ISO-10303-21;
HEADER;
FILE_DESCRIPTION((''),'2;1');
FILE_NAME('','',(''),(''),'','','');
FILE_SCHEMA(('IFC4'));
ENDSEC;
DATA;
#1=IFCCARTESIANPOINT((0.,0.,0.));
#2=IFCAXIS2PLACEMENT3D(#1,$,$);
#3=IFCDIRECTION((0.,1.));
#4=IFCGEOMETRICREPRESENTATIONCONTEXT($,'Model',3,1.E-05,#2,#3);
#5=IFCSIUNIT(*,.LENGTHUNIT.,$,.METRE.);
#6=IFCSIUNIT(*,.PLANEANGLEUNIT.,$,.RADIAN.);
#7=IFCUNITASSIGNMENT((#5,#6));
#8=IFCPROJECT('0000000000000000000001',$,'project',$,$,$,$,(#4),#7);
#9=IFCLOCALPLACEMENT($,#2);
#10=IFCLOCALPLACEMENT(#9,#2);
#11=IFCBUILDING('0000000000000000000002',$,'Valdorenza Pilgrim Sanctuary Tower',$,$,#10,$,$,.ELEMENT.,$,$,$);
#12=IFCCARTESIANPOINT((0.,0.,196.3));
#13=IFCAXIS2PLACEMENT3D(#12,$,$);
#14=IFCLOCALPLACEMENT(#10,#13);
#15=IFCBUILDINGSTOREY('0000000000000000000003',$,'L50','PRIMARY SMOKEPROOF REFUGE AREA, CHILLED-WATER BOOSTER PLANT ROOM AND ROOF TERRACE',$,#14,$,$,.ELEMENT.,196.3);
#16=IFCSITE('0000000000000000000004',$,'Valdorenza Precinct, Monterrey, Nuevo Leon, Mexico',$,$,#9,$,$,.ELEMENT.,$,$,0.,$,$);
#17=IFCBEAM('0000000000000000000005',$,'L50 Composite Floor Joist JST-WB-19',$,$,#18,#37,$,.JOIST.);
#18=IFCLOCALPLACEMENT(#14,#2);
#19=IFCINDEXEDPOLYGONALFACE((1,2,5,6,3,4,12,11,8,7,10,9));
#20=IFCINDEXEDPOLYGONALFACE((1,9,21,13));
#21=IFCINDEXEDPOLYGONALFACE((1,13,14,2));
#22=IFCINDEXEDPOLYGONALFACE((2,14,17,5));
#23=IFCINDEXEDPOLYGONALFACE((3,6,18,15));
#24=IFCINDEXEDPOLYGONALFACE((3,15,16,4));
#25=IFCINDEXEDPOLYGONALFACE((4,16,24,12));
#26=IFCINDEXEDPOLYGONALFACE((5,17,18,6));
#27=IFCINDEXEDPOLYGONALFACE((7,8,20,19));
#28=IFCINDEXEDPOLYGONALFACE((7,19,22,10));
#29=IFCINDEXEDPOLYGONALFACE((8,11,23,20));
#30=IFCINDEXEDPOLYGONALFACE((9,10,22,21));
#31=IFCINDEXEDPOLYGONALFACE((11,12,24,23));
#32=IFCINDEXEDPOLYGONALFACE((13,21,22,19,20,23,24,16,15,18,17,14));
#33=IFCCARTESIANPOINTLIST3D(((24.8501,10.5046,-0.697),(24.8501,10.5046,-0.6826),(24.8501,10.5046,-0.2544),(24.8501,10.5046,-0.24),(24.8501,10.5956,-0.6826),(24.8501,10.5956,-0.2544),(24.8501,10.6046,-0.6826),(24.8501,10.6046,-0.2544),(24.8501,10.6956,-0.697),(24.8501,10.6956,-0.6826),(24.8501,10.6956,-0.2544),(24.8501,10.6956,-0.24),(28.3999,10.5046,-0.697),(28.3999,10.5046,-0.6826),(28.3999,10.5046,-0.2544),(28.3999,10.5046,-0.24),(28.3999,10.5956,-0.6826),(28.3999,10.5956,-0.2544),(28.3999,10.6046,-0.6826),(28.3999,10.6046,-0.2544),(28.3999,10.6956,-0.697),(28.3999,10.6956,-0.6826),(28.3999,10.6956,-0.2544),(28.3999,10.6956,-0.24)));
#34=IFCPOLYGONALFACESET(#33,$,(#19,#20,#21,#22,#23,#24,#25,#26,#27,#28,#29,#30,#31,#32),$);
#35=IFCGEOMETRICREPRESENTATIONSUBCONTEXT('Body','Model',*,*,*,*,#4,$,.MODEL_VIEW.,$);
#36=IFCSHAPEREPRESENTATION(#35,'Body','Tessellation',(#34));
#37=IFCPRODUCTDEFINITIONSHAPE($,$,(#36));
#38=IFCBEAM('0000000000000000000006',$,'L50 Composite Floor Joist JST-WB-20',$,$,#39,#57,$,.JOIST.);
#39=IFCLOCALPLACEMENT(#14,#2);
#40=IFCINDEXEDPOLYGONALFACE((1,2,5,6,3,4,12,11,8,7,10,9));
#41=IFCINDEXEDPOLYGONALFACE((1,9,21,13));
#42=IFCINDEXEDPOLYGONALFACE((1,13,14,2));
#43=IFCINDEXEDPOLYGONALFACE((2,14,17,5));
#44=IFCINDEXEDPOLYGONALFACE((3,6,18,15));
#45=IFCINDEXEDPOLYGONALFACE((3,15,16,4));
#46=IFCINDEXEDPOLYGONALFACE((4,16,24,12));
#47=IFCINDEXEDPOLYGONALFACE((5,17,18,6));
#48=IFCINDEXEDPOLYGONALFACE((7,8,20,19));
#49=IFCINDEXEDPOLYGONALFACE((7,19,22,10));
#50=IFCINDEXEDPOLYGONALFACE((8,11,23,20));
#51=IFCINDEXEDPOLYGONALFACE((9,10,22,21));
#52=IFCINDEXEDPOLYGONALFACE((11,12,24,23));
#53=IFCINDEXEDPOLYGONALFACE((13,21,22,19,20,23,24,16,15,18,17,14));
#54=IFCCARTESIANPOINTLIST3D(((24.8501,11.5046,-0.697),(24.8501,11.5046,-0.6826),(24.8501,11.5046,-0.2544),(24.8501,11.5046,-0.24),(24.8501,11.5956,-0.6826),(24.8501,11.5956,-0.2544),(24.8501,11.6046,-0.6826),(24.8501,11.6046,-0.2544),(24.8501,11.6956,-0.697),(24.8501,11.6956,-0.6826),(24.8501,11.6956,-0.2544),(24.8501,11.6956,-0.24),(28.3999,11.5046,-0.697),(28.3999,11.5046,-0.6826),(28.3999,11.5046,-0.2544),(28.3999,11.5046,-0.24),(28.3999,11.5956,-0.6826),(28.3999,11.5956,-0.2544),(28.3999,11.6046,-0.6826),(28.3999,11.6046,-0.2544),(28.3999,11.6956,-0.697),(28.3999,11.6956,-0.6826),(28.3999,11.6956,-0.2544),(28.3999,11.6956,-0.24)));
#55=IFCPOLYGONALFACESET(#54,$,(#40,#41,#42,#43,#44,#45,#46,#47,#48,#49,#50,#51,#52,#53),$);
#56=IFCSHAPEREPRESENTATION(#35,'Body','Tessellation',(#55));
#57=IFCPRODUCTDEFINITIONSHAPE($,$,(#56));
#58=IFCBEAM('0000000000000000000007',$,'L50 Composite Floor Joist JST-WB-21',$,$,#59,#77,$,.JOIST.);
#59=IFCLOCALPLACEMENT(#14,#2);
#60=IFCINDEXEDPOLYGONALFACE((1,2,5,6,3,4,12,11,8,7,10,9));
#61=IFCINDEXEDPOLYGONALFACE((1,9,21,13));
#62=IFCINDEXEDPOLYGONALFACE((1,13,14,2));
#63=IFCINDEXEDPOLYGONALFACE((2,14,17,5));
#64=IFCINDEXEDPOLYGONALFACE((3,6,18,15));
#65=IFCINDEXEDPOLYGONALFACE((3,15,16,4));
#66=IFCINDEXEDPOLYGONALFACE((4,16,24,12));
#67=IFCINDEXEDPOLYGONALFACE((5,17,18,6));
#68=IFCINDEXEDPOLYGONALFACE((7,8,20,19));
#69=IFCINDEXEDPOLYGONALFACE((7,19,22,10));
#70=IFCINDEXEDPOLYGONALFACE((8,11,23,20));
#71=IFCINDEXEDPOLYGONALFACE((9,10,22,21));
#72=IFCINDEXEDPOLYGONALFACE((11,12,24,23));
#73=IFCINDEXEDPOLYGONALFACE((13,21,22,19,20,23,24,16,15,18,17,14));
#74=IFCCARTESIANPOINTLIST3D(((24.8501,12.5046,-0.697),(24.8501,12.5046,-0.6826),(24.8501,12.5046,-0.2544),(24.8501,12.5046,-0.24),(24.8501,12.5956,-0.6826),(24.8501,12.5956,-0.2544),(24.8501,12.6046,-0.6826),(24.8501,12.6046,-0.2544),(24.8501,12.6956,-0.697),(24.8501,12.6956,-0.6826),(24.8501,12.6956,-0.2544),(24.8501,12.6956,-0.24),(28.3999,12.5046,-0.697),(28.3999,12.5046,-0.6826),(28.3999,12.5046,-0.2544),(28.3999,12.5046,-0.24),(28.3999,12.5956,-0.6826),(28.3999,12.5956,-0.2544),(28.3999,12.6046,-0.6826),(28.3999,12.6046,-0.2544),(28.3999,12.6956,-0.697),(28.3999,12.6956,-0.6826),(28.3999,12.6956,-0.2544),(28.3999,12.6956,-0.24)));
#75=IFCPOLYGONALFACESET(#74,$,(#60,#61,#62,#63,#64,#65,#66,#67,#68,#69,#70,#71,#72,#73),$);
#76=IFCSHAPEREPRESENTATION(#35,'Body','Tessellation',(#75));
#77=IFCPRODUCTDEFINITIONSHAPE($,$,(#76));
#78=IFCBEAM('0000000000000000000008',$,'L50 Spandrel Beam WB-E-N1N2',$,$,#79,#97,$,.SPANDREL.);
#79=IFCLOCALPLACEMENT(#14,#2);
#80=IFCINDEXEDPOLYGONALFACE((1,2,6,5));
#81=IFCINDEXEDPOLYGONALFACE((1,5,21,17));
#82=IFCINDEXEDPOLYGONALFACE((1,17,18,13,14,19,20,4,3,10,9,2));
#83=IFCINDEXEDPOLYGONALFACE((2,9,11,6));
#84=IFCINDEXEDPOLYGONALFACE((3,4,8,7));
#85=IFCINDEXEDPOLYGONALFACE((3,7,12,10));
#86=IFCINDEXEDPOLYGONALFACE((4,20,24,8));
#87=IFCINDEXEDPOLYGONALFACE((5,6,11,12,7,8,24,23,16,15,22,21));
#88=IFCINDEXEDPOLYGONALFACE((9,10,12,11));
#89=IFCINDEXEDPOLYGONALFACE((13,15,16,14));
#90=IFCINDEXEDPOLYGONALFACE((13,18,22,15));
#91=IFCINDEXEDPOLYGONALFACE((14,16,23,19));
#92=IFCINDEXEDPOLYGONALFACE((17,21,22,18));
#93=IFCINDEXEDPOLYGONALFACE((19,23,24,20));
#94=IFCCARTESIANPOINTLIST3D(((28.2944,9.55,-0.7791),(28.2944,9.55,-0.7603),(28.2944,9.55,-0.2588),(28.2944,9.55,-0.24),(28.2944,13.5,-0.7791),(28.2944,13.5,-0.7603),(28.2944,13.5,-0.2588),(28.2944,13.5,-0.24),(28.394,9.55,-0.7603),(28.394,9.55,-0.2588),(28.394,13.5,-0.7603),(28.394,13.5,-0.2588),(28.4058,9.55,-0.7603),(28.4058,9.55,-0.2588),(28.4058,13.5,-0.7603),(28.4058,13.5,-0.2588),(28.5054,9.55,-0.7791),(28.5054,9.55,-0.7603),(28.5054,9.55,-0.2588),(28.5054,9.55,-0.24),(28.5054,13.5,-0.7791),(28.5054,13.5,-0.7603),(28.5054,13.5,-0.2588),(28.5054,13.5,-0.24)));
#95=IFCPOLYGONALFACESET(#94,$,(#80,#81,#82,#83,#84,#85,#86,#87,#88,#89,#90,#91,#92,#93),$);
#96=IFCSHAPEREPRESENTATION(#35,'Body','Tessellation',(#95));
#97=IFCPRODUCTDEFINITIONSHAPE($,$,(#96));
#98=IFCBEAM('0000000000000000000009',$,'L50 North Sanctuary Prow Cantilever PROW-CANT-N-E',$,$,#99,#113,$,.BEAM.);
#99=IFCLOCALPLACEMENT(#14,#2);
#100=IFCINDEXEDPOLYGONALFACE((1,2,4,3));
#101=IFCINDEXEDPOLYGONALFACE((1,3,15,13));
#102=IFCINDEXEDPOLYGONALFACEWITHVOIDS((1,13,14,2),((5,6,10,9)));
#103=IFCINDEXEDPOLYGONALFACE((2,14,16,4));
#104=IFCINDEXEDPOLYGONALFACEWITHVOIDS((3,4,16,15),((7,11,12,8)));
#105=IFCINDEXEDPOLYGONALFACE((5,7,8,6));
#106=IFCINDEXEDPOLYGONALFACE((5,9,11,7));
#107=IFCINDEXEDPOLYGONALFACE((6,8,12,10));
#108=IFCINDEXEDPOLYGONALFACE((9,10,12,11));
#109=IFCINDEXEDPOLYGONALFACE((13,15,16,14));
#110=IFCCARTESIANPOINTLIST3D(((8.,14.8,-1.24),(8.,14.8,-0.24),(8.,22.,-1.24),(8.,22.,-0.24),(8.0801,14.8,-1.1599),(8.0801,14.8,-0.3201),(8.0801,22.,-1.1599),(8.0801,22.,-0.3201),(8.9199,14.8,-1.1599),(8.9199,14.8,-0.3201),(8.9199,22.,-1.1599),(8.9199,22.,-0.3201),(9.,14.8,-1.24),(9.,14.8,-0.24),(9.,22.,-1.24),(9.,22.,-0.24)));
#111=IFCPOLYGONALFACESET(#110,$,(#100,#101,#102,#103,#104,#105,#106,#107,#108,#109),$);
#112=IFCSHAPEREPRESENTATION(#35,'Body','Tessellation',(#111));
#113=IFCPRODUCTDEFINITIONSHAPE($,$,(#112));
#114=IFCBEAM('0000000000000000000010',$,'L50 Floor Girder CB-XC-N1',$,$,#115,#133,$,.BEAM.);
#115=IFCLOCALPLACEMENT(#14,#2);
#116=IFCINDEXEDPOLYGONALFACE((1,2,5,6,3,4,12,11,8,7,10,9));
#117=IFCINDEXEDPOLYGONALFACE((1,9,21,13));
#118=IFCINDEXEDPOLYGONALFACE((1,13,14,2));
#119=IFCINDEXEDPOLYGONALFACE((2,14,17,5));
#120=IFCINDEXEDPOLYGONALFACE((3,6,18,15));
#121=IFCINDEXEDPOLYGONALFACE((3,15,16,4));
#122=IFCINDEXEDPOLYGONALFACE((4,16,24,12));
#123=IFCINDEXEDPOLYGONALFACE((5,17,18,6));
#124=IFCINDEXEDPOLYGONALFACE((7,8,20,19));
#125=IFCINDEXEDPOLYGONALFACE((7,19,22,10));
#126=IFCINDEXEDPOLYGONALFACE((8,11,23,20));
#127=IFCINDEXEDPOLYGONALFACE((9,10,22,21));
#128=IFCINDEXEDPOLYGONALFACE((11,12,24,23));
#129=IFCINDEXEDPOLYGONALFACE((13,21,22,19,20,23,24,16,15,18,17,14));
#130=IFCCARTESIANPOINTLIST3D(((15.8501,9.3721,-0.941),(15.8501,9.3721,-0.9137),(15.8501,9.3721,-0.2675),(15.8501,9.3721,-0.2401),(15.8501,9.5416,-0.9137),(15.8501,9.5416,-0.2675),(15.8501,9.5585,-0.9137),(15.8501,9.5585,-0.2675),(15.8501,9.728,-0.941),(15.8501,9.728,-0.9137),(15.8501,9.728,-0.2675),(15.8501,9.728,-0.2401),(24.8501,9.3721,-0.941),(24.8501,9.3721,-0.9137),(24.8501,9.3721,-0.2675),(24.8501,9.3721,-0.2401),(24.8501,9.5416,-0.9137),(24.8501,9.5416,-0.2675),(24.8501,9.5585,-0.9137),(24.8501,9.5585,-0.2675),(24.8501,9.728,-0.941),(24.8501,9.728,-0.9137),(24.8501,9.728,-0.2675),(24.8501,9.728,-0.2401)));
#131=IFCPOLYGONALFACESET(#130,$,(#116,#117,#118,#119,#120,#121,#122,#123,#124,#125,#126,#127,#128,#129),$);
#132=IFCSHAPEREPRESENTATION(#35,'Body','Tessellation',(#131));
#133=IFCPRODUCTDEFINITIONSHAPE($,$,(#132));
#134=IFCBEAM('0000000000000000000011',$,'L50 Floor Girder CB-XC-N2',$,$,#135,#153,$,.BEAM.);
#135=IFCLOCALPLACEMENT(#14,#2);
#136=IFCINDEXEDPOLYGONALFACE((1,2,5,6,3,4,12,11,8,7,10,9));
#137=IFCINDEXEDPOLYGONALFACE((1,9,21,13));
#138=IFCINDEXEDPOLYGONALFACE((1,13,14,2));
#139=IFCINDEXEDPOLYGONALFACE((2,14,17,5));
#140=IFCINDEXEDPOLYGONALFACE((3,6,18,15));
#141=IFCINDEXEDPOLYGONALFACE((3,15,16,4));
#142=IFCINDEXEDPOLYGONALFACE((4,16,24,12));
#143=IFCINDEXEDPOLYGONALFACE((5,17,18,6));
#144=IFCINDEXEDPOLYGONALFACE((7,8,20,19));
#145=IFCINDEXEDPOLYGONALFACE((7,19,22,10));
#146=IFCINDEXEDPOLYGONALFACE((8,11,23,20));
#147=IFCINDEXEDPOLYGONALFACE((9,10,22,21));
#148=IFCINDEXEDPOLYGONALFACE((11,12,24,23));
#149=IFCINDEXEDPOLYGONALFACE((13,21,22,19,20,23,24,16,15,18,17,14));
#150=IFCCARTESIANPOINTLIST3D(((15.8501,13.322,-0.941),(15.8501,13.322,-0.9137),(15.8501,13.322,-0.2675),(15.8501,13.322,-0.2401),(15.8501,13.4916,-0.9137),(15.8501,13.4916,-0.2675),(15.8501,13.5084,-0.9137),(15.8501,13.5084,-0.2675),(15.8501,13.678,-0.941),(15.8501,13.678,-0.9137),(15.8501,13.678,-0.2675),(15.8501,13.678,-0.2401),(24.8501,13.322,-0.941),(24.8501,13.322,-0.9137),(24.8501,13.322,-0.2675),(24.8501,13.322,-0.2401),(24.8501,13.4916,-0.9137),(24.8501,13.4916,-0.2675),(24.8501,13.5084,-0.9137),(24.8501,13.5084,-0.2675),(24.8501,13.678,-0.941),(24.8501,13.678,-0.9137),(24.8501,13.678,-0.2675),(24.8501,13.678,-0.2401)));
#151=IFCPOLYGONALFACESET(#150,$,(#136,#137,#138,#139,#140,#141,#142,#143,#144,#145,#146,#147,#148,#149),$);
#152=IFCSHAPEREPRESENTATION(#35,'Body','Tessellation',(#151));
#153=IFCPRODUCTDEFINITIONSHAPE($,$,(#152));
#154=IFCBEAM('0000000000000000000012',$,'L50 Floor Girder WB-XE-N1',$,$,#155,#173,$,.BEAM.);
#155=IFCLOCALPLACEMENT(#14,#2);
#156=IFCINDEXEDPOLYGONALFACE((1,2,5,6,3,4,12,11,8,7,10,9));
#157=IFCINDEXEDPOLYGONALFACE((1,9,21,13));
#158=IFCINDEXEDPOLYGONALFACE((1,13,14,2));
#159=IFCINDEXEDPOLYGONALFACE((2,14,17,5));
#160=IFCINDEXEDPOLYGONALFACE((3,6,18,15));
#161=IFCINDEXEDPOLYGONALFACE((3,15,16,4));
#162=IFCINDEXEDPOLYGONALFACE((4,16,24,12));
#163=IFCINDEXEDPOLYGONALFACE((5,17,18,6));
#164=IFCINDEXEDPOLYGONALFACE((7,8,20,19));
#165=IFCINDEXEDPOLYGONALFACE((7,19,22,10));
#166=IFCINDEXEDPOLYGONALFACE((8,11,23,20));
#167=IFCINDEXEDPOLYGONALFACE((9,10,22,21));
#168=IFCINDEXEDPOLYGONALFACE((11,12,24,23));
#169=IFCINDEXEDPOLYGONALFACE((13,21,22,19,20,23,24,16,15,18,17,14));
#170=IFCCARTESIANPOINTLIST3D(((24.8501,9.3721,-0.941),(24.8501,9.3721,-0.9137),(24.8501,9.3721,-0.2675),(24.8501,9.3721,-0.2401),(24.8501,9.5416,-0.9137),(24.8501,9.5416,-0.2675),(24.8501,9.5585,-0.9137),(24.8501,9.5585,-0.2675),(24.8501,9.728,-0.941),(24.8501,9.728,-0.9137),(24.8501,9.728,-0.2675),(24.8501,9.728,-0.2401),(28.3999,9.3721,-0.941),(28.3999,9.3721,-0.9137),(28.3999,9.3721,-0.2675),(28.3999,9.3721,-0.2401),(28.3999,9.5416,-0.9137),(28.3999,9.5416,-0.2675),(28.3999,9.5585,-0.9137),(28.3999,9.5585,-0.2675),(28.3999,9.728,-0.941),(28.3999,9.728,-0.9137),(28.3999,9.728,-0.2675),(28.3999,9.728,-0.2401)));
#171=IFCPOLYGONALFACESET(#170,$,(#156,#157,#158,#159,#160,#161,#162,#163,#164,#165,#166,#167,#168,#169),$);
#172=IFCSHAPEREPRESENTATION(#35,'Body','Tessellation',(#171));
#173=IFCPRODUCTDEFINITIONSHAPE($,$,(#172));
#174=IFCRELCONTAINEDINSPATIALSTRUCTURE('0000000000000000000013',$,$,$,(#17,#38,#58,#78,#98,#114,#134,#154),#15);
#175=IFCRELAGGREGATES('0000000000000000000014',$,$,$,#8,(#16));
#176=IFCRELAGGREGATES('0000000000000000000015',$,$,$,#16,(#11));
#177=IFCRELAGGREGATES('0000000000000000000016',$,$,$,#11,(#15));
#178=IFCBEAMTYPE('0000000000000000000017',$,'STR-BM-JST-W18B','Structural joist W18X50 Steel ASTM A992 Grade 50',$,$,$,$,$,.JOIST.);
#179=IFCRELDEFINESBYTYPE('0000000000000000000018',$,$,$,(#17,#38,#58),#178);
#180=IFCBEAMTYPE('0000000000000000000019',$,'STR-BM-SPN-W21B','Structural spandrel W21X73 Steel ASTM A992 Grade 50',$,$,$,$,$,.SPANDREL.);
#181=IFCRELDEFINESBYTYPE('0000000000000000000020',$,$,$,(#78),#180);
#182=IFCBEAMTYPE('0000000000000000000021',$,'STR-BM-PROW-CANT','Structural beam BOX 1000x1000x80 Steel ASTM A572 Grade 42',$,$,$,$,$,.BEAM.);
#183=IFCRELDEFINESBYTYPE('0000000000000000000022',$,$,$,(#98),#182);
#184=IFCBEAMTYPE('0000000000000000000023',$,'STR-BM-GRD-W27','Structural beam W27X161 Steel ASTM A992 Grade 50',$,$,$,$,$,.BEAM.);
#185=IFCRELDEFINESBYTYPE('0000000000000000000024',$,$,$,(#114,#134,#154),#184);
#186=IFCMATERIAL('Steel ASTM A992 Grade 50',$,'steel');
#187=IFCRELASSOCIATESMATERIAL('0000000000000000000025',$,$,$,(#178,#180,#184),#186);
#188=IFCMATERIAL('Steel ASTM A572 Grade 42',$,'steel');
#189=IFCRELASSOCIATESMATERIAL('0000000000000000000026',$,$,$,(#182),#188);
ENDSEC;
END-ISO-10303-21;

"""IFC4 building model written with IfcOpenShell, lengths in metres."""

from ifc_helpers import new_model, si_unit, direction, frame, origin, origin_2d, place, context, subcontext, project, spatial, hollow_rectangle, i_section, extrude, source, transform, mapped, material, material_profile, profile_set, type_object, element, save


model = new_model("IFC4")

# Units and contexts
model_context = context("Model", 3, precision=1e-05, world=origin(), true_north=direction((0.0, 1.0)))
body_context = subcontext(model_context, "Body", "Model", "MODEL_VIEW")
ifc_project = project(units=[si_unit("LENGTHUNIT", "METRE"), si_unit("PLANEANGLEUNIT", "RADIAN")], contexts=[model_context])

# Site, building, storey
site_placement = place(None, origin())
site = spatial("IfcSite", under=ifc_project, at=site_placement, Name="Valdorenza Precinct, Monterrey, Nuevo Leon, Mexico", CompositionType="ELEMENT", RefElevation=0.0)
building_placement = place(site_placement, origin())
building = spatial("IfcBuilding", under=site, at=building_placement, Name="Valdorenza Pilgrim Sanctuary Tower", CompositionType="ELEMENT")
storey_placement = place(building_placement, frame((0.0, 0.0, 196.3)))
storey = spatial("IfcBuildingStorey", under=building, at=storey_placement, Name="L50", Description="PRIMARY SMOKEPROOF REFUGE AREA, CHILLED-WATER BOOSTER PLANT ROOM AND ROOF TERRACE", CompositionType="ELEMENT", Elevation=196.3)

# Beams
ifc_material_1 = material(Name="Steel ASTM A992 Grade 50", Category="steel")
ifc_material_profile_1 = material_profile(ifc_material_1, i_section(OverallWidth=0.1909, OverallDepth=0.457, WebThickness=0.009, FlangeThickness=0.0144, at=origin_2d()), Name="W18X50")
ifc_profile_set_1 = profile_set([ifc_material_profile_1], Name="Steel ASTM A992 Grade 50")
beam_type_1 = type_object("IfcBeamType", Name="STR-BM-JST-W18B", Description="Structural joist W18X50 Steel ASTM A992 Grade 50", PredefinedType="JOIST", material=ifc_profile_set_1)
shared_shape_1 = source(origin(), body_context, "Body", "SweptSolid", [
    extrude(i_section(OverallWidth=0.1909, OverallDepth=0.457, WebThickness=0.009, FlangeThickness=0.0144, at=origin_2d()), origin(), (0.0, 0.0, 1.0), 3.5498),
])
for number, where, z_axis, x_axis, name in (
    (1, (24.8501, 10.6001, -0.4685), (1.0, 0.0, 0.0), (0.0, 1.0, 0.0), "L50 Composite Floor Joist JST-WB-19"),
    (2, (24.8501, 11.6001, -0.4685), (1.0, 0.0, 0.0), (0.0, 1.0, 0.0), "L50 Composite Floor Joist JST-WB-20"),
    (3, (24.8501, 12.6001, -0.4685), (1.0, 0.0, 0.0), (0.0, 1.0, 0.0), "L50 Composite Floor Joist JST-WB-21"),
):
    element("IfcBeam", number, at=place(storey_placement, frame(where, z_axis=z_axis, x_axis=x_axis)), inside=storey, type_object=beam_type_1, Name=name, PredefinedType="JOIST", context=body_context, shape_type="MappedRepresentation", body=[
        mapped(shared_shape_1, transform((0.0, 0.0, 0.0), x_axis=(1.0, 0.0, 0.0), y_axis=(0.0, 1.0, 0.0), z_axis=(0.0, 0.0, 1.0), scale=1.0)),
    ])
ifc_material_profile_2 = material_profile(ifc_material_1, i_section(OverallWidth=0.2109, OverallDepth=0.5391, WebThickness=0.0117, FlangeThickness=0.0188, at=origin_2d()), Name="W21X73")
ifc_profile_set_2 = profile_set([ifc_material_profile_2], Name="Steel ASTM A992 Grade 50")
beam_type_2 = type_object("IfcBeamType", Name="STR-BM-SPN-W21B", Description="Structural spandrel W21X73 Steel ASTM A992 Grade 50", PredefinedType="SPANDREL", material=ifc_profile_set_2)
shared_shape_2 = source(origin(), body_context, "Body", "SweptSolid", [
    extrude(i_section(OverallWidth=0.2109, OverallDepth=0.5391, WebThickness=0.0117, FlangeThickness=0.0188, at=origin_2d()), origin(), (0.0, 0.0, 1.0), 3.95),
])
beam_1_placement = place(storey_placement, frame((28.3999, 9.55, -0.5095), z_axis=(0.0, 1.0, 0.0), x_axis=(-1.0, 0.0, 0.0)))
element("IfcBeam", 4, at=beam_1_placement, inside=storey, type_object=beam_type_2, Name="L50 Spandrel Beam WB-E-N1N2", PredefinedType="SPANDREL", context=body_context, shape_type="MappedRepresentation", body=[
    mapped(shared_shape_2, transform((0.0, 0.0, 0.0), x_axis=(1.0, 0.0, 0.0), y_axis=(0.0, 1.0, 0.0), z_axis=(0.0, 0.0, 1.0), scale=1.0)),
])
ifc_material_2 = material(Name="Steel ASTM A572 Grade 42", Category="steel")
ifc_material_profile_3 = material_profile(ifc_material_2, hollow_rectangle(XDim=1.0, YDim=1.0, WallThickness=0.0801, at=origin_2d()), Name="BOX 1000x1000x80")
ifc_profile_set_3 = profile_set([ifc_material_profile_3], Name="Steel ASTM A572 Grade 42")
beam_type_3 = type_object("IfcBeamType", Name="STR-BM-PROW-CANT", Description="Structural beam BOX 1000x1000x80 Steel ASTM A572 Grade 42", PredefinedType="BEAM", material=ifc_profile_set_3)
shared_shape_3 = source(origin(), body_context, "Body", "SweptSolid", [
    extrude(hollow_rectangle(XDim=1.0, YDim=1.0, WallThickness=0.0801, at=origin_2d()), origin(), (0.0, 0.0, 1.0), 7.2),
])
beam_2_placement = place(storey_placement, frame((8.5, 14.8, -0.74), z_axis=(0.0, 1.0, 0.0), x_axis=(-1.0, 0.0, 0.0)))
element("IfcBeam", 5, at=beam_2_placement, inside=storey, type_object=beam_type_3, Name="L50 North Sanctuary Prow Cantilever PROW-CANT-N-E", PredefinedType="BEAM", context=body_context, shape_type="MappedRepresentation", body=[
    mapped(shared_shape_3, transform((0.0, 0.0, 0.0), x_axis=(1.0, 0.0, 0.0), y_axis=(0.0, 1.0, 0.0), z_axis=(0.0, 0.0, 1.0), scale=1.0)),
])
ifc_material_profile_4 = material_profile(ifc_material_1, i_section(OverallWidth=0.356, OverallDepth=0.7009, WebThickness=0.0168, FlangeThickness=0.0273, at=origin_2d()), Name="W27X161")
ifc_profile_set_4 = profile_set([ifc_material_profile_4], Name="Steel ASTM A992 Grade 50")
beam_type_4 = type_object("IfcBeamType", Name="STR-BM-GRD-W27", Description="Structural beam W27X161 Steel ASTM A992 Grade 50", PredefinedType="BEAM", material=ifc_profile_set_4)
shared_shape_4 = source(origin(), body_context, "Body", "SweptSolid", [
    extrude(i_section(OverallWidth=0.356, OverallDepth=0.7009, WebThickness=0.0168, FlangeThickness=0.0273, at=origin_2d()), origin(), (0.0, 0.0, 1.0), 9.0),
])
for number, where, z_axis, x_axis, name in (
    (6, (15.8501, 9.55, -0.5906), (1.0, 0.0, 0.0), (0.0, 1.0, 0.0), "L50 Floor Girder CB-XC-N1"),
    (7, (15.8501, 13.5, -0.5906), (1.0, 0.0, 0.0), (0.0, 1.0, 0.0), "L50 Floor Girder CB-XC-N2"),
):
    element("IfcBeam", number, at=place(storey_placement, frame(where, z_axis=z_axis, x_axis=x_axis)), inside=storey, type_object=beam_type_4, Name=name, PredefinedType="BEAM", context=body_context, shape_type="MappedRepresentation", body=[
        mapped(shared_shape_4, transform((0.0, 0.0, 0.0), x_axis=(1.0, 0.0, 0.0), y_axis=(0.0, 1.0, 0.0), z_axis=(0.0, 0.0, 1.0), scale=1.0)),
    ])
shared_shape_5 = source(origin(), body_context, "Body", "SweptSolid", [
    extrude(i_section(OverallWidth=0.356, OverallDepth=0.7009, WebThickness=0.0168, FlangeThickness=0.0273, at=origin_2d()), origin(), (0.0, 0.0, 1.0), 3.5498),
])
for number, where, z_axis, x_axis, name in (
    (8, (24.8501, 9.55, -0.5906), (1.0, 0.0, 0.0), (0.0, 1.0, 0.0), "L50 Floor Girder WB-XE-N1"),
):
    element("IfcBeam", number, at=place(storey_placement, frame(where, z_axis=z_axis, x_axis=x_axis)), inside=storey, type_object=beam_type_4, Name=name, PredefinedType="BEAM", context=body_context, shape_type="MappedRepresentation", body=[
        mapped(shared_shape_5, transform((0.0, 0.0, 0.0), x_axis=(1.0, 0.0, 0.0), y_axis=(0.0, 1.0, 0.0), z_axis=(0.0, 0.0, 1.0), scale=1.0)),
    ])

save(model, "model.ifc")
